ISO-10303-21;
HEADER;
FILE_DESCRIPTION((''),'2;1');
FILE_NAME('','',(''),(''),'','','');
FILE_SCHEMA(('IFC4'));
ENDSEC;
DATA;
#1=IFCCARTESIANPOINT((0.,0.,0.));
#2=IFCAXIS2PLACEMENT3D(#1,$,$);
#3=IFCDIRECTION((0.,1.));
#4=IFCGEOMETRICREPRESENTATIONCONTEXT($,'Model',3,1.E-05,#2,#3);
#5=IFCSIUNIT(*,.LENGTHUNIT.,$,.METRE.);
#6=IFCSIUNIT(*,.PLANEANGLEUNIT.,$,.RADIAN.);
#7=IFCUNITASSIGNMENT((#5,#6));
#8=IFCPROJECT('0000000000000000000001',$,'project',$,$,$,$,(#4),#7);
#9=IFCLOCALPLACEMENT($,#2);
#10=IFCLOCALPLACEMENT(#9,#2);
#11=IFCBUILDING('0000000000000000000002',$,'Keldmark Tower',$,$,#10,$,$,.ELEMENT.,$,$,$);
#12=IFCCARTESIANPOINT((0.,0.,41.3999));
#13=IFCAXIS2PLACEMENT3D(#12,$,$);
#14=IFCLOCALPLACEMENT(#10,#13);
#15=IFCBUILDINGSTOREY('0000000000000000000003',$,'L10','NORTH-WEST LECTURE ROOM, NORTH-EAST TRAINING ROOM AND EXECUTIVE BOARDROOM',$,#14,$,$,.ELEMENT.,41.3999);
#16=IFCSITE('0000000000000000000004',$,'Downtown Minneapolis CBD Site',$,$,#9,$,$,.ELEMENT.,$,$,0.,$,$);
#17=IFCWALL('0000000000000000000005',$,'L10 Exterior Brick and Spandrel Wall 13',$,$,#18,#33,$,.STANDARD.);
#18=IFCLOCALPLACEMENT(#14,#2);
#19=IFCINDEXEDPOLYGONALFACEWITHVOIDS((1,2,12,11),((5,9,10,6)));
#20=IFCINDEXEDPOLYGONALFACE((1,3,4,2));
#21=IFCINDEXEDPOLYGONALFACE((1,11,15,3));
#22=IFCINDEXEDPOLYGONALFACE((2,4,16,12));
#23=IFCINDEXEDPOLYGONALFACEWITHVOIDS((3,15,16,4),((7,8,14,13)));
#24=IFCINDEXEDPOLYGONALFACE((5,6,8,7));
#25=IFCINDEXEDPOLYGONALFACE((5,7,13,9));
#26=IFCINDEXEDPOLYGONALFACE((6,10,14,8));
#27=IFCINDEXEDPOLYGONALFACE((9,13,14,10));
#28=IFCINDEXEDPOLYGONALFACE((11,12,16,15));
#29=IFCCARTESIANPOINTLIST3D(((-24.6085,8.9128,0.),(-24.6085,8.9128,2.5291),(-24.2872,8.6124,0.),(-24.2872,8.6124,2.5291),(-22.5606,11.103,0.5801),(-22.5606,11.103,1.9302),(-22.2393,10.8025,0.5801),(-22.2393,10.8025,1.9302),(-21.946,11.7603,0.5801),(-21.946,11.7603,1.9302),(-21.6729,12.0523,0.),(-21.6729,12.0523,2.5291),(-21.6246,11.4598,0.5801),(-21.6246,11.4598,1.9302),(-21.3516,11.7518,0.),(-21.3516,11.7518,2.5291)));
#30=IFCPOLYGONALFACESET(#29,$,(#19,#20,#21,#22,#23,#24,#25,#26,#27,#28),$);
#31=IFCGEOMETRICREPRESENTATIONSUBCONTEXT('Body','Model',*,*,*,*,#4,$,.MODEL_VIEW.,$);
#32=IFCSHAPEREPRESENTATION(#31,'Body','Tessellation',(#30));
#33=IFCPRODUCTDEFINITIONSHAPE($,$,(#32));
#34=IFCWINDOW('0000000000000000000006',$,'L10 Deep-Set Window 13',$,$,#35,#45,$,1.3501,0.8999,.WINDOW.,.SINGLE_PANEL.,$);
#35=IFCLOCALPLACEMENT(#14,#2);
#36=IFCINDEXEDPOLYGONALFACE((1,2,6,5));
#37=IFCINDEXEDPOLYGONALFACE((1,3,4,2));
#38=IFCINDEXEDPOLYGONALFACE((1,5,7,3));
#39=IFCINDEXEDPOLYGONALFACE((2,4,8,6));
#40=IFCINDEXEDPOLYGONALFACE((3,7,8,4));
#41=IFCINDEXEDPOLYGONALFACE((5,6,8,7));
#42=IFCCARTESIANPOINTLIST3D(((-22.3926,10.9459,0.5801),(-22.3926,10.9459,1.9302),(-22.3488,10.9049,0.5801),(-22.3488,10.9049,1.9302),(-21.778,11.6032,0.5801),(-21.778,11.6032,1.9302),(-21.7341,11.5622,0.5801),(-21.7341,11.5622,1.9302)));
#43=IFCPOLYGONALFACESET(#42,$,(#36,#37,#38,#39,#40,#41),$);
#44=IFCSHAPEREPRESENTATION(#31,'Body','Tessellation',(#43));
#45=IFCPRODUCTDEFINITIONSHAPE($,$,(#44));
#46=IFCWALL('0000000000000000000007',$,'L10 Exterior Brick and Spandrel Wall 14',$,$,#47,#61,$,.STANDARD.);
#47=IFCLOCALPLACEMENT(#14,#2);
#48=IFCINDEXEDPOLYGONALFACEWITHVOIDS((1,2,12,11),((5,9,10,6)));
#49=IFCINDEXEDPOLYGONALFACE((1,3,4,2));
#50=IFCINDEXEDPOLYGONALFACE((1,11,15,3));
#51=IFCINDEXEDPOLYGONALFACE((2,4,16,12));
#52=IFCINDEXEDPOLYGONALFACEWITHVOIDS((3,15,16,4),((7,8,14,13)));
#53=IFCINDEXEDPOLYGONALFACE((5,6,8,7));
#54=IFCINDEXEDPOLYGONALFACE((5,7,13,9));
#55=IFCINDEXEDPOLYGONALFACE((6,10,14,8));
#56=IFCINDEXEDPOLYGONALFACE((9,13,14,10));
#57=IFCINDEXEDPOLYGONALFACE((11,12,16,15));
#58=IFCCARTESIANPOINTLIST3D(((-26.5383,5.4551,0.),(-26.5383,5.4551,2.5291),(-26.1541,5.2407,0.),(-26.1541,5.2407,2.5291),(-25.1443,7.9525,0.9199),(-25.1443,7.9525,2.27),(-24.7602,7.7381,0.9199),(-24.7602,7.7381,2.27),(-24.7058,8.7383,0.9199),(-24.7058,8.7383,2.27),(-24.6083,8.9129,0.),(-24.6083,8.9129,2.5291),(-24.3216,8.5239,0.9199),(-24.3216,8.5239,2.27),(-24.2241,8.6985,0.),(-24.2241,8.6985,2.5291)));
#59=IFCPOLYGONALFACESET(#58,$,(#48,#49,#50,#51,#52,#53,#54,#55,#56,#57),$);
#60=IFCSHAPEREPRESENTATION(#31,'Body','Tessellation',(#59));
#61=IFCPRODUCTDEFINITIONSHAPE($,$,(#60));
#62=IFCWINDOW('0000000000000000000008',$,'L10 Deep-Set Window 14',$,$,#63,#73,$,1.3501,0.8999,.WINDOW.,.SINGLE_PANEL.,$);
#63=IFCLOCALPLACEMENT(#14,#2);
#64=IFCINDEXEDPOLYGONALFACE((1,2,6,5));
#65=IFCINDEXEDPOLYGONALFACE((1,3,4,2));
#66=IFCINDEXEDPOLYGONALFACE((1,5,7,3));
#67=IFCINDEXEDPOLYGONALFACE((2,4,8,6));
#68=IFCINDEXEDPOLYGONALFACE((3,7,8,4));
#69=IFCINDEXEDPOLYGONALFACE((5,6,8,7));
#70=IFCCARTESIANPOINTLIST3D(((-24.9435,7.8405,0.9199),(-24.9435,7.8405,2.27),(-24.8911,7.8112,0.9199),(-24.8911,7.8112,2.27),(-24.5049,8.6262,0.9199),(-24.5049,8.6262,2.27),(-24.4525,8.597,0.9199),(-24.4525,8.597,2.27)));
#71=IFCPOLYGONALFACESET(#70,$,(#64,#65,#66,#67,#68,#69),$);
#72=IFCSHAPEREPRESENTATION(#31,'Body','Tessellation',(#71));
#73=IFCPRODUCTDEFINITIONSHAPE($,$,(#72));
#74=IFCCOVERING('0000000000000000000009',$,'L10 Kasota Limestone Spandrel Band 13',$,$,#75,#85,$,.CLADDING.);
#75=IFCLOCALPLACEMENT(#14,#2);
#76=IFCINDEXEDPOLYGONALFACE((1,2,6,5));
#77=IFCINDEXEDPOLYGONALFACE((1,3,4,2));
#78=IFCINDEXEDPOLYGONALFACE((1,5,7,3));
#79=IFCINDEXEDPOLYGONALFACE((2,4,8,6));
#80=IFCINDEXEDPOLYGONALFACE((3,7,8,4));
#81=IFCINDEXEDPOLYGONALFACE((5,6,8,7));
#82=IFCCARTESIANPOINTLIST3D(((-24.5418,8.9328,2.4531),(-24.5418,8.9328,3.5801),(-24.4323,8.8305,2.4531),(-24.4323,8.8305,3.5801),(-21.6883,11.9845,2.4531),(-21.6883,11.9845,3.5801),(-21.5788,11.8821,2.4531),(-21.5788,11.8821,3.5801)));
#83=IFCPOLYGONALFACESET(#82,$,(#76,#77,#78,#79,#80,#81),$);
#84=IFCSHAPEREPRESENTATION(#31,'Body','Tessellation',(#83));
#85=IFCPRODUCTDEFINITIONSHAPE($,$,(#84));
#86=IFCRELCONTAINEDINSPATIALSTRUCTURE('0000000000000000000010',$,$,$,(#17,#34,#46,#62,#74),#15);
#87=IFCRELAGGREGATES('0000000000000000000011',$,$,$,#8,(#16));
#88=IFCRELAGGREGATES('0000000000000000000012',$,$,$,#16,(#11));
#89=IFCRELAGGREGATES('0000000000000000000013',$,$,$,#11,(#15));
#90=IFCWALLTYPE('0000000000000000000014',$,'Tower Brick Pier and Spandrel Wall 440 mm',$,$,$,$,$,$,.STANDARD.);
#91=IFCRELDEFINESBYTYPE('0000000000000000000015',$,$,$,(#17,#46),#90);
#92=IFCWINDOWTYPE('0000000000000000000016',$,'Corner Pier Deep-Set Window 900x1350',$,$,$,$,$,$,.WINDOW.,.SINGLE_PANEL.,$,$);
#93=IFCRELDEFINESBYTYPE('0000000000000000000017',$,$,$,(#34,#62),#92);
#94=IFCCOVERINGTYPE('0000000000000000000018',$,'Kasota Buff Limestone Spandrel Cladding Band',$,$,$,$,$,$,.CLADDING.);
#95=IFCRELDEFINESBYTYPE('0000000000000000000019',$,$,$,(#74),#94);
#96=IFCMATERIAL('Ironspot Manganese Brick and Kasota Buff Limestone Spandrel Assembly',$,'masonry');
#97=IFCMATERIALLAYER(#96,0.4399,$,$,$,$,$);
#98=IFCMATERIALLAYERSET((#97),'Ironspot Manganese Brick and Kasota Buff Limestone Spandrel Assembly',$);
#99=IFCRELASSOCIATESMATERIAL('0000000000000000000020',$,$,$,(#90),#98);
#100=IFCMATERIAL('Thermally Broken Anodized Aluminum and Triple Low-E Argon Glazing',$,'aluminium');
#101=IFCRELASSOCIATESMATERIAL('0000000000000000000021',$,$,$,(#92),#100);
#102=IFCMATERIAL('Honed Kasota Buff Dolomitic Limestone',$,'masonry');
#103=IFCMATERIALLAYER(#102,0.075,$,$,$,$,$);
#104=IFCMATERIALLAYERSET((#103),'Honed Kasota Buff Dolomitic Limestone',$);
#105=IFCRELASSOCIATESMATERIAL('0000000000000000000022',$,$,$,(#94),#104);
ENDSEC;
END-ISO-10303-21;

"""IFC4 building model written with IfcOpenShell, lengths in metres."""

from ifc_helpers import new_model, si_unit, direction, frame, frame_2d, origin, origin_2d, place, context, subcontext, project, spatial, rectangle, extrude, material, layer, layer_set, type_object, element, fill, save


model = new_model("IFC4")

# Units and contexts
model_context = context("Model", 3, precision=1e-05, world=origin(), true_north=direction((0.0, 1.0)))
body_context = subcontext(model_context, "Body", "Model", "MODEL_VIEW")
ifc_project = project(units=[si_unit("LENGTHUNIT", "METRE"), si_unit("PLANEANGLEUNIT", "RADIAN")], contexts=[model_context])

# Site, building, storey
site_placement = place(None, origin())
site = spatial("IfcSite", under=ifc_project, at=site_placement, Name="Downtown Minneapolis CBD Site", CompositionType="ELEMENT", RefElevation=0.0)
building_placement = place(site_placement, origin())
building = spatial("IfcBuilding", under=site, at=building_placement, Name="Keldmark Tower", CompositionType="ELEMENT")
storey_placement = place(building_placement, frame((0.0, 0.0, 41.3999)))
storey = spatial("IfcBuildingStorey", under=building, at=storey_placement, Name="L10", Description="NORTH-WEST LECTURE ROOM, NORTH-EAST TRAINING ROOM AND EXECUTIVE BOARDROOM", CompositionType="ELEMENT", Elevation=41.3999)

# Walls, openings, windows
ifc_material_1 = material(Name="Ironspot Manganese Brick and Kasota Buff Limestone Spandrel Assembly", Category="masonry")
ifc_layer_1 = layer(ifc_material_1, 0.4399)
ifc_layer_set_1 = layer_set([ifc_layer_1], Name="Ironspot Manganese Brick and Kasota Buff Limestone Spandrel Assembly")
wall_type_1 = type_object("IfcWallType", Name="Tower Brick Pier and Spandrel Wall 440 mm", PredefinedType="STANDARD", material=ifc_layer_set_1)
ifc_material_2 = material(Name="Thermally Broken Anodized Aluminum and Triple Low-E Argon Glazing", Category="aluminium")
window_type = type_object("IfcWindowType", Name="Corner Pier Deep-Set Window 900x1350", PartitioningType="SINGLE_PANEL", PredefinedType="WINDOW", material=ifc_material_2)
wall_1_placement = place(storey_placement, frame((-24.4478, 8.7627, 0.0), z_axis=(0.0, 0.0, 1.0), x_axis=(0.682994, 0.730424, 0.0)))
wall_1 = element("IfcWall", 1, at=wall_1_placement, inside=storey, type_object=wall_type_1, Name="L10 Exterior Brick and Spandrel Wall 13", PredefinedType="STANDARD", context=body_context, shape_type="SweptSolid", body=[
    extrude(rectangle(XDim=4.2981, YDim=0.4399, at=frame_2d((2.1489, 0.0))), origin(), (0.0, 0.0, 1.0), 2.5291),
])
opening_1_placement = place(wall_1_placement, frame((2.9983, 0.0, 0.5801)))
opening_1 = element("IfcOpeningElement", 2, at=opening_1_placement, cuts=wall_1, PredefinedType="OPENING", context=body_context, shape_type="SweptSolid", body=[
    extrude(rectangle(XDim=0.8999, YDim=1.3501, at=frame_2d((0.45, 0.675))), frame((0.0, 0.23, 0.0), z_axis=(0.0, -1.0, 0.0), x_axis=(1.0, 0.0, 0.0)), (0.0, 0.0, 1.0), 0.46),
])
window_1_placement = place(opening_1_placement, origin())
window_1 = element("IfcWindow", 3, at=window_1_placement, inside=storey, type_object=window_type, Name="L10 Deep-Set Window 13", OverallHeight=1.3501, OverallWidth=0.8999, PartitioningType="SINGLE_PANEL", PredefinedType="WINDOW", context=body_context, shape_type="SweptSolid", body=[
    extrude(rectangle(XDim=0.8999, YDim=1.3501, at=frame_2d((0.45, 0.675))), frame((0.0, -0.01, 0.0), z_axis=(0.0, -1.0, 0.0), x_axis=(1.0, 0.0, 0.0)), (0.0, 0.0, 1.0), 0.0601),
])
fill(opening_1, window_1)
wall_2_placement = place(storey_placement, frame((-26.3462, 5.3479, 0.0), z_axis=(0.0, 0.0, 1.0), x_axis=(0.487369, 0.873196, 0.0)))
wall_2 = element("IfcWall", 4, at=wall_2_placement, inside=storey, type_object=wall_type_1, Name="L10 Exterior Brick and Spandrel Wall 14", PredefinedType="STANDARD", context=body_context, shape_type="SweptSolid", body=[
    extrude(rectangle(XDim=3.96, YDim=0.4399, at=frame_2d((1.98, 0.0))), origin(), (0.0, 0.0, 1.0), 2.5291),
])
opening_2_placement = place(wall_2_placement, frame((2.8601, 0.0, 0.9199)))
opening_2 = element("IfcOpeningElement", 5, at=opening_2_placement, cuts=wall_2, PredefinedType="OPENING", context=body_context, shape_type="SweptSolid", body=[
    extrude(rectangle(XDim=0.8999, YDim=1.3501, at=frame_2d((0.45, 0.675))), frame((0.0, 0.23, 0.0), z_axis=(0.0, -1.0, 0.0), x_axis=(1.0, 0.0, 0.0)), (0.0, 0.0, 1.0), 0.46),
])
window_2_placement = place(opening_2_placement, origin())
window_2 = element("IfcWindow", 6, at=window_2_placement, inside=storey, type_object=window_type, Name="L10 Deep-Set Window 14", OverallHeight=1.3501, OverallWidth=0.8999, PartitioningType="SINGLE_PANEL", PredefinedType="WINDOW", context=body_context, shape_type="SweptSolid", body=[
    extrude(rectangle(XDim=0.8999, YDim=1.3501, at=frame_2d((0.45, 0.675))), frame((0.0, -0.01, 0.0), z_axis=(0.0, -1.0, 0.0), x_axis=(1.0, 0.0, 0.0)), (0.0, 0.0, 1.0), 0.0601),
])
fill(opening_2, window_2)

# Covering
ifc_material_3 = material(Name="Honed Kasota Buff Dolomitic Limestone", Category="masonry")
ifc_layer_2 = layer(ifc_material_3, 0.075)
ifc_layer_set_2 = layer_set([ifc_layer_2], Name="Honed Kasota Buff Dolomitic Limestone")
covering_type = type_object("IfcCoveringType", Name="Kasota Buff Limestone Spandrel Cladding Band", PredefinedType="CLADDING", material=ifc_layer_set_2)
covering_placement = place(storey_placement, frame((-23.0603, 10.4075, 2.4531), z_axis=(0.0, 0.0, 1.0), x_axis=(-0.683006, -0.730413, 0.0)))
element("IfcCovering", 7, at=covering_placement, inside=storey, type_object=covering_type, Name="L10 Kasota Limestone Spandrel Band 13", PredefinedType="CLADDING", context=body_context, shape_type="SweptSolid", body=[
    extrude(rectangle(XDim=4.178, YDim=0.1499, at=origin_2d()), origin(), (0.0, 0.0, 1.0), 1.127),
])

save(model, "model.ifc")
